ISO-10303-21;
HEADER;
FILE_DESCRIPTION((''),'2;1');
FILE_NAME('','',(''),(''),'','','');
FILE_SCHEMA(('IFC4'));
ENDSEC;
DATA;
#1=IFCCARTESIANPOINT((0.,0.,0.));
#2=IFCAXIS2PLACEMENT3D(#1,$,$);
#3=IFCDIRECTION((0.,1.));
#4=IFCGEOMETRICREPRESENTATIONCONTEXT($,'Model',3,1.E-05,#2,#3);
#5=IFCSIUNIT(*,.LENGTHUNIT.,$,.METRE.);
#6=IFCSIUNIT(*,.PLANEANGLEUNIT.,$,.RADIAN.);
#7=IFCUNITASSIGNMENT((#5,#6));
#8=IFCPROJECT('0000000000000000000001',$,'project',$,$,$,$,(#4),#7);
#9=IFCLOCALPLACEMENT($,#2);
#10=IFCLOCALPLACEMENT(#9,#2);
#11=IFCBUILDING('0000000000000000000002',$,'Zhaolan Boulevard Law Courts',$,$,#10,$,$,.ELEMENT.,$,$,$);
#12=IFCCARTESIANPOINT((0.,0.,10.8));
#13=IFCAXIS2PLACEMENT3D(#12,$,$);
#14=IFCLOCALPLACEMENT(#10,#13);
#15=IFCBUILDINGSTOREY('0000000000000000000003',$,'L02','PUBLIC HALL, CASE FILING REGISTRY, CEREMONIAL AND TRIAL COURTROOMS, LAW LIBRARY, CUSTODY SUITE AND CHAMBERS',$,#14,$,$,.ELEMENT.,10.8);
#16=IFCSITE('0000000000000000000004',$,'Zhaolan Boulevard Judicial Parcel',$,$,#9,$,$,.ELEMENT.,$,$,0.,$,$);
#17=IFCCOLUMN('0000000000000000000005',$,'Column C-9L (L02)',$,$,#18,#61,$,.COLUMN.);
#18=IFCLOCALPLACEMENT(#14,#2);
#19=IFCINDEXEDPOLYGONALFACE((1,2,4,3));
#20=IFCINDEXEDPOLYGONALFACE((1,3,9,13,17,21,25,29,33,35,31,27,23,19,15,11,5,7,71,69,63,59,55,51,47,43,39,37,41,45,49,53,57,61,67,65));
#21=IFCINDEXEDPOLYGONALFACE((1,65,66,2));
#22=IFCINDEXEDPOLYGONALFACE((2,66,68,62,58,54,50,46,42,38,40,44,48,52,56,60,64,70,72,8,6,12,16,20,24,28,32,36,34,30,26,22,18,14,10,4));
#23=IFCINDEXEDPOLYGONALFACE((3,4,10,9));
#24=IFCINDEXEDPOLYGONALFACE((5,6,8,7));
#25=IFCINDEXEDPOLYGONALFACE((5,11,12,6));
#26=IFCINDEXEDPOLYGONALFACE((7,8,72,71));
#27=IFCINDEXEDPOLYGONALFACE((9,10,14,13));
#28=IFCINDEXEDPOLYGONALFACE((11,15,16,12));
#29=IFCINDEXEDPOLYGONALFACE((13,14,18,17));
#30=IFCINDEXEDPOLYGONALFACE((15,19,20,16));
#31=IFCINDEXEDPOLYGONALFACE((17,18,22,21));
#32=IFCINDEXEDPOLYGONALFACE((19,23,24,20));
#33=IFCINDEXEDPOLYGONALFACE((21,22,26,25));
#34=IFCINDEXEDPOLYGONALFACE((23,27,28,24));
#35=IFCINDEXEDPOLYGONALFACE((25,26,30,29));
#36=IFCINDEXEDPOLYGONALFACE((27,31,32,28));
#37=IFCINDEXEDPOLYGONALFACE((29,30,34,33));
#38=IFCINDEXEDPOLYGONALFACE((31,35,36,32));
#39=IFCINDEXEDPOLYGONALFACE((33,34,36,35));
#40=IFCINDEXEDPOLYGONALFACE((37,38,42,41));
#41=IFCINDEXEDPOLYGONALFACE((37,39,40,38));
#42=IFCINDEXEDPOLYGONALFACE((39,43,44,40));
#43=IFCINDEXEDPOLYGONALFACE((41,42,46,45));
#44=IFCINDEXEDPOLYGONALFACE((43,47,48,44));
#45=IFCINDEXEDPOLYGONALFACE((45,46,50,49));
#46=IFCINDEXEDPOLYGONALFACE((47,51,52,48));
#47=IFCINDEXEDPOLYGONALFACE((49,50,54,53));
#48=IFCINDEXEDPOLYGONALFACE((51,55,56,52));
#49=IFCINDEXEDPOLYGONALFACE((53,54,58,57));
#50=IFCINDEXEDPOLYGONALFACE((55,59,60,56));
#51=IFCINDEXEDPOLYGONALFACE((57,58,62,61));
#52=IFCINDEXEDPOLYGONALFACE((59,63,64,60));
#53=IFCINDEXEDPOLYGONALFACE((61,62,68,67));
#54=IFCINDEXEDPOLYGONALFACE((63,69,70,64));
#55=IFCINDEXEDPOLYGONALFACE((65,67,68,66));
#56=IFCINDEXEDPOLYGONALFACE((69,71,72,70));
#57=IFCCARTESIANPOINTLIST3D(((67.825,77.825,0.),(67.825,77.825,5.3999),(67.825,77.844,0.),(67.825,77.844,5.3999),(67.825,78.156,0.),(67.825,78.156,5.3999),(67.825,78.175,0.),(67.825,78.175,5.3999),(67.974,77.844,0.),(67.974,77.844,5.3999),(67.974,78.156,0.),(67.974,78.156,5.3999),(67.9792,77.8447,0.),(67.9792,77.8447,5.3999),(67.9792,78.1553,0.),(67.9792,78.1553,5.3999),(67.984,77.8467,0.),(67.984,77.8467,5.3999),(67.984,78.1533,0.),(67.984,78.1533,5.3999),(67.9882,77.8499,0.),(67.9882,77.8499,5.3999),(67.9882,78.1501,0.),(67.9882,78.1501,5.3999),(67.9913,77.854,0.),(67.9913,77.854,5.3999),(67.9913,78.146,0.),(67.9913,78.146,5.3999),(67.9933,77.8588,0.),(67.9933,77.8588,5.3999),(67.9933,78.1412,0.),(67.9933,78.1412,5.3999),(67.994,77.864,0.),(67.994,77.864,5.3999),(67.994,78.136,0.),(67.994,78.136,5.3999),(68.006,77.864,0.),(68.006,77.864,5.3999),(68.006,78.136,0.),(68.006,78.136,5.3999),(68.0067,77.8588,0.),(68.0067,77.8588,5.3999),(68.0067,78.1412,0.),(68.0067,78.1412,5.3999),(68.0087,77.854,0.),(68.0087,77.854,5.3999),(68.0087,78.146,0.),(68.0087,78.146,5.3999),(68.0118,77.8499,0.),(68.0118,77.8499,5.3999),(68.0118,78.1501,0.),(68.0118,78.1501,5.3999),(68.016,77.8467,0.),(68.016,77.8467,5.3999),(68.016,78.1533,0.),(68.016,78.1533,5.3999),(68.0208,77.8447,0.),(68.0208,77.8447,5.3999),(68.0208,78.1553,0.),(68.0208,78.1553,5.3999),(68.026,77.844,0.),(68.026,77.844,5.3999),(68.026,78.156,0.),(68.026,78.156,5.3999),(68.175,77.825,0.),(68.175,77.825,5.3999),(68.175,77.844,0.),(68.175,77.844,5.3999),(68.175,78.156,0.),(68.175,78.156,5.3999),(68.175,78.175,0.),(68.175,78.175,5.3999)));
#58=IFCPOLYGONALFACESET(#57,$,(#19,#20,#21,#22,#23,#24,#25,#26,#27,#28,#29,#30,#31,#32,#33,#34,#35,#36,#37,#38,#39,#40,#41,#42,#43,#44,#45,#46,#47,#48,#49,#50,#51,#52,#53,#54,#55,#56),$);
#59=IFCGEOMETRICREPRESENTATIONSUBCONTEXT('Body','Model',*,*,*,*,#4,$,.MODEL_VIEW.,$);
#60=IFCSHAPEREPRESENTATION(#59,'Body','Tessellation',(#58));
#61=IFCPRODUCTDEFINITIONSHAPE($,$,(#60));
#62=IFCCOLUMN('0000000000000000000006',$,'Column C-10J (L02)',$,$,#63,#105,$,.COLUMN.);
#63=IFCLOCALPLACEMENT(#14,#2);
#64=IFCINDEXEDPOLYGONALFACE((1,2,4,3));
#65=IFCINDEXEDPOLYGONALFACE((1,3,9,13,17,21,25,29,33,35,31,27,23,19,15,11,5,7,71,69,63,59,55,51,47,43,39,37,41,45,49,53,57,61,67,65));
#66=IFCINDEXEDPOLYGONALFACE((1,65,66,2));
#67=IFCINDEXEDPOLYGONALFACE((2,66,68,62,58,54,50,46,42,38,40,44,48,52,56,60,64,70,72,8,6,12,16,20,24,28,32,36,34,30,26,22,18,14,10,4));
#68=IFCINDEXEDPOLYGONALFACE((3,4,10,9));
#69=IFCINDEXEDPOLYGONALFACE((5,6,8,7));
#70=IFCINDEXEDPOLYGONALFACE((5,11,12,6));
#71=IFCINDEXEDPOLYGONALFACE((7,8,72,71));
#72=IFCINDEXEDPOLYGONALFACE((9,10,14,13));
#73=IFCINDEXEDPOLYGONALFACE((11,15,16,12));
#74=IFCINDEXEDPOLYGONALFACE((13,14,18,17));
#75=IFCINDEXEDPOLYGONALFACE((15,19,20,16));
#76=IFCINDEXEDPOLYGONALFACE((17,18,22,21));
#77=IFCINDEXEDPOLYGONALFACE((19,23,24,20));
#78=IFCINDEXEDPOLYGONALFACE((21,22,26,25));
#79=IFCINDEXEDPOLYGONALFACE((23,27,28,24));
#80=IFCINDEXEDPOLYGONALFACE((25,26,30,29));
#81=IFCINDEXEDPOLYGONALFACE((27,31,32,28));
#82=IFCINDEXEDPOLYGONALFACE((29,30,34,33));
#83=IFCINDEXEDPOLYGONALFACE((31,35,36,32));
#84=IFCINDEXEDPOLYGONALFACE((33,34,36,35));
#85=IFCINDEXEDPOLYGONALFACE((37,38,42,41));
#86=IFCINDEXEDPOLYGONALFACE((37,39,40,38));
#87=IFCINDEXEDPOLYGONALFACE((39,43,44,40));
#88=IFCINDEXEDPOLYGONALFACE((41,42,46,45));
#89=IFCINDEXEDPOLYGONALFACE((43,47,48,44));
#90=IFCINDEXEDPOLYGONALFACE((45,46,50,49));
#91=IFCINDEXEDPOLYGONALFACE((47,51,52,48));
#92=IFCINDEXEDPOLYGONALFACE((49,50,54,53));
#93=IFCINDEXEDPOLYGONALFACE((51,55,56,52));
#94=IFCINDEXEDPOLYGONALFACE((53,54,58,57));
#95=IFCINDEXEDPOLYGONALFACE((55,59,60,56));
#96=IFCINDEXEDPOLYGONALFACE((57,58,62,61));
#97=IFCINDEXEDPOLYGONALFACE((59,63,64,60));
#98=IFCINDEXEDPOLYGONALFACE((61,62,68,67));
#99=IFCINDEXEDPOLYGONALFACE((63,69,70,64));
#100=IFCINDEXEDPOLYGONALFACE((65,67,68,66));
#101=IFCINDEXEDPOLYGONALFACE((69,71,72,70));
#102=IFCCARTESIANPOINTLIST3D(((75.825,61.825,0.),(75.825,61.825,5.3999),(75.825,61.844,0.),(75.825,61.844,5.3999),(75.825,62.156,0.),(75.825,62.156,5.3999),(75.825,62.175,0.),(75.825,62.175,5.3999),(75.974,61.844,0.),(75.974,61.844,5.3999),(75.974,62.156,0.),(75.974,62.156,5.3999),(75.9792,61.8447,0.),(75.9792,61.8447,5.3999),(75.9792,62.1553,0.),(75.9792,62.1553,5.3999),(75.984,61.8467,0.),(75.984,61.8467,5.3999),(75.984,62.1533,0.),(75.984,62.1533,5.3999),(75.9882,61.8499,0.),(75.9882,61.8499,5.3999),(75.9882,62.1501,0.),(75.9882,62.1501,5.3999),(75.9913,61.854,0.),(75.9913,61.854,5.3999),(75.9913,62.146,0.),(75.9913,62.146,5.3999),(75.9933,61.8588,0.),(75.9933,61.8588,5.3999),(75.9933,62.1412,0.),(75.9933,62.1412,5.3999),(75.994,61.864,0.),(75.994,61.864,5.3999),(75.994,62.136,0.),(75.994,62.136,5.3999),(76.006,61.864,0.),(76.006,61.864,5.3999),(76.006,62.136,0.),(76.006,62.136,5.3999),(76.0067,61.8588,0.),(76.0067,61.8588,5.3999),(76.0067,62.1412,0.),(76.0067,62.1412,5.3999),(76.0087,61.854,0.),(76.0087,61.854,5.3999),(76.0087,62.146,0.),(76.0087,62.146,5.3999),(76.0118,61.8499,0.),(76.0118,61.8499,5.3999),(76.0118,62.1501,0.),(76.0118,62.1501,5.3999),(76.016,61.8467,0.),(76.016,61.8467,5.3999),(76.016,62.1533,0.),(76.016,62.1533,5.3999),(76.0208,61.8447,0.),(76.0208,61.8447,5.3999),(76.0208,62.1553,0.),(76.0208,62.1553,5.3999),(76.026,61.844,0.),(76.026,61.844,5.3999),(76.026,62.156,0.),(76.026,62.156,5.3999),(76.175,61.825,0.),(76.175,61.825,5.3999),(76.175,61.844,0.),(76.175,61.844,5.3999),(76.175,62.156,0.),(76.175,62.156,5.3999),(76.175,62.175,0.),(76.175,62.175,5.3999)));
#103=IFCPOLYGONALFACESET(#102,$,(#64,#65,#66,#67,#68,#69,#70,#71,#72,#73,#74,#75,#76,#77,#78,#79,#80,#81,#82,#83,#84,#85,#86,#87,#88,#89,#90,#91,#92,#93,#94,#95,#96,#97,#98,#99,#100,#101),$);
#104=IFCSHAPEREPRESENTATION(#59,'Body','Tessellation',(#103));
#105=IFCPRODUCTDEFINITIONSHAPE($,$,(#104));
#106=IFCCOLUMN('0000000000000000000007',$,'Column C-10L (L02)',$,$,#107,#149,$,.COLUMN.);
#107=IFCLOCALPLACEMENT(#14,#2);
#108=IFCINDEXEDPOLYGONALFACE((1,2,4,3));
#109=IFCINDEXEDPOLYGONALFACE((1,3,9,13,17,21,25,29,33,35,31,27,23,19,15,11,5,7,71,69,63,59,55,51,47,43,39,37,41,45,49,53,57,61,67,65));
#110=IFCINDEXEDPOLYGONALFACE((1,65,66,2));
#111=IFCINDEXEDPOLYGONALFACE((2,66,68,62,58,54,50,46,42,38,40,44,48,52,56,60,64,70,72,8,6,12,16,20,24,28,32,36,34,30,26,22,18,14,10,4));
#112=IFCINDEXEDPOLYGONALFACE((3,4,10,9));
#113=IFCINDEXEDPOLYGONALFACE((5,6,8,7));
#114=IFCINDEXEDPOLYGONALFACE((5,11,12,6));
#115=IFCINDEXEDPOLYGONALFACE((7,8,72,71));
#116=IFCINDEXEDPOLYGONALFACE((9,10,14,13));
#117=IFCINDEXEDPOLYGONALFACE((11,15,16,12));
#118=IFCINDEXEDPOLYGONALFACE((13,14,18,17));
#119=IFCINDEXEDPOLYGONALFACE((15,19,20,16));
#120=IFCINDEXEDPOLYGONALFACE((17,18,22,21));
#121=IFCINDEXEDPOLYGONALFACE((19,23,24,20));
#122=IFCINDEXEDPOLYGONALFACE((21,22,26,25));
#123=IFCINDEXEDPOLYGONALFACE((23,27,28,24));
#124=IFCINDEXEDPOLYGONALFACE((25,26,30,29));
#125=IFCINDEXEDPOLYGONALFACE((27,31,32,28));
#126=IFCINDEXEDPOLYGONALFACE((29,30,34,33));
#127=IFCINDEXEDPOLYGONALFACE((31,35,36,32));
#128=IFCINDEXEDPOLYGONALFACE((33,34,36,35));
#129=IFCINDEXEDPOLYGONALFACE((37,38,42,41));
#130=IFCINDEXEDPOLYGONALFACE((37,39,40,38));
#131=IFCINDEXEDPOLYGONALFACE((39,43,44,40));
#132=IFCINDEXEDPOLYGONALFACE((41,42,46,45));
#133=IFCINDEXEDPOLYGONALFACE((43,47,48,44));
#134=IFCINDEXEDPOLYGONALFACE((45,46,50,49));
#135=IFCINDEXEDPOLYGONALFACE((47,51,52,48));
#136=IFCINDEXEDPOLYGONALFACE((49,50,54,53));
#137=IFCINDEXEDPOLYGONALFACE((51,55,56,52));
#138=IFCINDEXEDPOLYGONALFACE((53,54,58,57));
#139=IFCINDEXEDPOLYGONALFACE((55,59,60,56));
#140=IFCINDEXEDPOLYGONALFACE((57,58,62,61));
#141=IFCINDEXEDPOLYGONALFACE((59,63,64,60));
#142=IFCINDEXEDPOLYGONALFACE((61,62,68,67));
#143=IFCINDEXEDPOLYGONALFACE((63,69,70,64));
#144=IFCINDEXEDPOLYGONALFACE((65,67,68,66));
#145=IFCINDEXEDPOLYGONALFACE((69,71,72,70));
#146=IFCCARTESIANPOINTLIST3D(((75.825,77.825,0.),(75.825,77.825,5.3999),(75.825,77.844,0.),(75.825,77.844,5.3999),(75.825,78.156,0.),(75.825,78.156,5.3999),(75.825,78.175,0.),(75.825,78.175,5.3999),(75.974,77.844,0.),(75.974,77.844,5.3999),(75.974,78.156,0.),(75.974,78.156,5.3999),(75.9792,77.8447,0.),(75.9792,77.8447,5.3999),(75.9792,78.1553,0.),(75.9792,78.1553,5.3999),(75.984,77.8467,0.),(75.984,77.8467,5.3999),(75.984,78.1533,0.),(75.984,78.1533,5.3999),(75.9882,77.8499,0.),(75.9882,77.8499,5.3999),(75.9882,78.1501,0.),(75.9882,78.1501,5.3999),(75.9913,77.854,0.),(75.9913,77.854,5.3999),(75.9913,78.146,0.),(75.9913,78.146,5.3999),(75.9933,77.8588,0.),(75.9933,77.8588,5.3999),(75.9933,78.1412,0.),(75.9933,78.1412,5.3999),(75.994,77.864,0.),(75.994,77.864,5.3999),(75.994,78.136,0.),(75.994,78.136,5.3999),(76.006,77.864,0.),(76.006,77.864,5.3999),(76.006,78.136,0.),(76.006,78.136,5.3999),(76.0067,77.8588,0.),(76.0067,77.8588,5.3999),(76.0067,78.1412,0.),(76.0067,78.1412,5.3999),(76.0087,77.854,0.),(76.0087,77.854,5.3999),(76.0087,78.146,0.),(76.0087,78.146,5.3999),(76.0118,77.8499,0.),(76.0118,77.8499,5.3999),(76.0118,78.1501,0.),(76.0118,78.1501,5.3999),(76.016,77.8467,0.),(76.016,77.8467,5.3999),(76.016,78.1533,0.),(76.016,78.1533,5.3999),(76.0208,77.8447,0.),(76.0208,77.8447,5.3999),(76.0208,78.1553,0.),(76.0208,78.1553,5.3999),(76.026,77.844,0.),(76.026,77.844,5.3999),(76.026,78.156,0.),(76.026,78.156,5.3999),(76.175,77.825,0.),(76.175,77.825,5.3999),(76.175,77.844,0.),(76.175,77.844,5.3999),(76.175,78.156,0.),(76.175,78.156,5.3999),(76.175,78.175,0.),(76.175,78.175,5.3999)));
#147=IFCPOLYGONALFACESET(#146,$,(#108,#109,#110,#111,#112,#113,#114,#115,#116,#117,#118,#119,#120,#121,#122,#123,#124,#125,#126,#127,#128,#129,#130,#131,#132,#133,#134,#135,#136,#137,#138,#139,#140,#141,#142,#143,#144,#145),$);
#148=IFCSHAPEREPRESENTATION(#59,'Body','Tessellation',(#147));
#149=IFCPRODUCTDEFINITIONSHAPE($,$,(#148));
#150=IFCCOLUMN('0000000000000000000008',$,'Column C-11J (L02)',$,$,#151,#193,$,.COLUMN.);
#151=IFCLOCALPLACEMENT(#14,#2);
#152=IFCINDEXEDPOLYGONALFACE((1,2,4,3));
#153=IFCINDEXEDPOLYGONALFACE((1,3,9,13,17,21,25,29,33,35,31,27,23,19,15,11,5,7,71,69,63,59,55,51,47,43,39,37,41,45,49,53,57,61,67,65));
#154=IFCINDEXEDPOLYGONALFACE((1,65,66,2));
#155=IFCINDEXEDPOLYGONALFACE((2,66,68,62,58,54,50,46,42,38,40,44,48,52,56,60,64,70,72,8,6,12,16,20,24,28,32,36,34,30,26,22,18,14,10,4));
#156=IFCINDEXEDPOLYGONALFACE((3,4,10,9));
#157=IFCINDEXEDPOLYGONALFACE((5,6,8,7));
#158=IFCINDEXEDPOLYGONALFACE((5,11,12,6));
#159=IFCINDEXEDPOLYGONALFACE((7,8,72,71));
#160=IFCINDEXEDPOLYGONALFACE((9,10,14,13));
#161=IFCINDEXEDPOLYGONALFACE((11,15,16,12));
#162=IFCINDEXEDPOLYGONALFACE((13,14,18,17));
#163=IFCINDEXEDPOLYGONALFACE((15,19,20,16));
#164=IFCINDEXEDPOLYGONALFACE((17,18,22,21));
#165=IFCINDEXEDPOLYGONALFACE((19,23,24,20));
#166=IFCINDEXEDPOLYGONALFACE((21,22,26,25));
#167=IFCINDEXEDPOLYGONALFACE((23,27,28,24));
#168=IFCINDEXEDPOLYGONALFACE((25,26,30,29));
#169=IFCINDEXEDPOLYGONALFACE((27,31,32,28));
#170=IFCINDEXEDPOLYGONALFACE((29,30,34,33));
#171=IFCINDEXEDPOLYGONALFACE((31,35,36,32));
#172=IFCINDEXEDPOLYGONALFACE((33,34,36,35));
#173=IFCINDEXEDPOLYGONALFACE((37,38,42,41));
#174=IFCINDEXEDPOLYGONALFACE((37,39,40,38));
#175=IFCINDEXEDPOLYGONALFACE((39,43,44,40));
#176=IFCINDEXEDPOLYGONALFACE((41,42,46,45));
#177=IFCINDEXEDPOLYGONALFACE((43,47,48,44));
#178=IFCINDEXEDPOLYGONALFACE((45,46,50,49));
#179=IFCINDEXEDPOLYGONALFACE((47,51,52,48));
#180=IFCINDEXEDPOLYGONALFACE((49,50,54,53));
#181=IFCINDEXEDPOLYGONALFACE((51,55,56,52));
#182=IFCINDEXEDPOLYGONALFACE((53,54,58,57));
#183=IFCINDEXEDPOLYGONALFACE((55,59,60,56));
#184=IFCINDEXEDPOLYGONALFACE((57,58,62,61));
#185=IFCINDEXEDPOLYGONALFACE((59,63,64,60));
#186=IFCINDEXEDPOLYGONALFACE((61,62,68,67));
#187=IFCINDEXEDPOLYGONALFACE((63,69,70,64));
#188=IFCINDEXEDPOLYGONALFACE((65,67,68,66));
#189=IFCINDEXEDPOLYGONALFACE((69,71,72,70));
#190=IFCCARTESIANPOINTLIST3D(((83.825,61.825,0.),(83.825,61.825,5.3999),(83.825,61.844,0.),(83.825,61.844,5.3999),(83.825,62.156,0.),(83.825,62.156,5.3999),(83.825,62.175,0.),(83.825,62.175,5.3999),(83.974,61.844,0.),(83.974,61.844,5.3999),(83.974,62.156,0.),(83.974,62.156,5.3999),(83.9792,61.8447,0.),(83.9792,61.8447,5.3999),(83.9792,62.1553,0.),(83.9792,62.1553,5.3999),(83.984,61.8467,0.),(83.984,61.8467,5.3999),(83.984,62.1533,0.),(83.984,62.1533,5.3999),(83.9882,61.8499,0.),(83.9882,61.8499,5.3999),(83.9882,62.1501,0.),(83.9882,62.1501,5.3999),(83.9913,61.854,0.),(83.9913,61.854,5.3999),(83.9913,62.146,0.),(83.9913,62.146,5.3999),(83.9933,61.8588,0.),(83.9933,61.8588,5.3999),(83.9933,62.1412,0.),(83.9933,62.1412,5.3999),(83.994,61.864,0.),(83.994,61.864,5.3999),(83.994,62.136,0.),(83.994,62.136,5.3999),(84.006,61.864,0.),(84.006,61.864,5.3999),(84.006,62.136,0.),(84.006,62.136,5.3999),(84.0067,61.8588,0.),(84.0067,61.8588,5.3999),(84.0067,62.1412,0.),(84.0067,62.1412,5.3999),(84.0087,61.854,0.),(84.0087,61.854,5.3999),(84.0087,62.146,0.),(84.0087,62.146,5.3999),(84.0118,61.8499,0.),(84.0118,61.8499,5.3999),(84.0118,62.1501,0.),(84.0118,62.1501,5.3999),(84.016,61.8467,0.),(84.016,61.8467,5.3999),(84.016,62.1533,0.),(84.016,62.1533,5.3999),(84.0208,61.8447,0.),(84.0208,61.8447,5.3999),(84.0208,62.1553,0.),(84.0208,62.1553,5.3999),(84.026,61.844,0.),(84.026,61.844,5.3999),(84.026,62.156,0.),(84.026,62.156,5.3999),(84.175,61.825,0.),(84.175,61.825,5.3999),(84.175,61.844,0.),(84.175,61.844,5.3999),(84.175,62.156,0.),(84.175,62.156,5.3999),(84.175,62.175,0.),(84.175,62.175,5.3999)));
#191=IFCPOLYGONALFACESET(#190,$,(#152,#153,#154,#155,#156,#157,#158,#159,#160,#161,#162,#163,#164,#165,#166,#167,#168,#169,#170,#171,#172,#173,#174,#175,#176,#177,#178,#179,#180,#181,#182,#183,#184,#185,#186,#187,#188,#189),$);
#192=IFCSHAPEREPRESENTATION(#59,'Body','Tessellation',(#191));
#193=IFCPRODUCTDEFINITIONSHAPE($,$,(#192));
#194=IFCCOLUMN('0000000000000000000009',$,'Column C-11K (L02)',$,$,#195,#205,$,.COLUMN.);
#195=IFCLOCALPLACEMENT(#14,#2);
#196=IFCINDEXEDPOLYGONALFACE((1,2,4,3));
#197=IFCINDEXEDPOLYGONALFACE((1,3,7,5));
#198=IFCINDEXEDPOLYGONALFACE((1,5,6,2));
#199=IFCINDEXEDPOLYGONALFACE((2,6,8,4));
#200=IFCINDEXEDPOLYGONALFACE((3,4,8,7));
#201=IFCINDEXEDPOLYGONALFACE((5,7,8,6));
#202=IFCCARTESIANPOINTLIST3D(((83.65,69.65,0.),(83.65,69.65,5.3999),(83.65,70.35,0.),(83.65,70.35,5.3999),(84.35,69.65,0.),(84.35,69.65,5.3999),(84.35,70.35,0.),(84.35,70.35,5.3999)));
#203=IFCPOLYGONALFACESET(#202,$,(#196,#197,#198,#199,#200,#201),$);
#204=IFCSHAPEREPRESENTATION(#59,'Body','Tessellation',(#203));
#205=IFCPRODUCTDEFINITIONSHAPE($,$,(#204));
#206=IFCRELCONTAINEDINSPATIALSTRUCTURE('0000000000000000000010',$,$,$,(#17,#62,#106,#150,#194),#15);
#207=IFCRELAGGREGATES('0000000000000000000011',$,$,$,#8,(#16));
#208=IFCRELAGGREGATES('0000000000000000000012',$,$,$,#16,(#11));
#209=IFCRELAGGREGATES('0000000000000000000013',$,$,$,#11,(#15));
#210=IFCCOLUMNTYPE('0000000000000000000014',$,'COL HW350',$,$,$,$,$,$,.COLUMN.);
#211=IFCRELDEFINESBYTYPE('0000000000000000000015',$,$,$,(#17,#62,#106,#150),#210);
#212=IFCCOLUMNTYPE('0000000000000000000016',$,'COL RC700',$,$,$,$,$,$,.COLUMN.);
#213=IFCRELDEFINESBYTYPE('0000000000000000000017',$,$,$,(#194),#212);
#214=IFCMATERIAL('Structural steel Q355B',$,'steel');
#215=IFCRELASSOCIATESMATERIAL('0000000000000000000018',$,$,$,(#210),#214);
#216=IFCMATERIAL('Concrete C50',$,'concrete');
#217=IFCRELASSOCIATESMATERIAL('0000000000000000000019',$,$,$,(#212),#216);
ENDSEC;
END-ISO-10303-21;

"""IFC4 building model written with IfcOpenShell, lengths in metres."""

from ifc_helpers import new_model, si_unit, direction, frame, origin, origin_2d, place, context, subcontext, project, spatial, rectangle, i_section, extrude, material, material_profile, profile_set, type_object, element, save


model = new_model("IFC4")

# Units and contexts
model_context = context("Model", 3, precision=1e-05, world=origin(), true_north=direction((0.0, 1.0)))
body_context = subcontext(model_context, "Body", "Model", "MODEL_VIEW")
ifc_project = project(units=[si_unit("LENGTHUNIT", "METRE"), si_unit("PLANEANGLEUNIT", "RADIAN")], contexts=[model_context])

# Site, building, storey
site_placement = place(None, origin())
site = spatial("IfcSite", under=ifc_project, at=site_placement, Name="Zhaolan Boulevard Judicial Parcel", CompositionType="ELEMENT", RefElevation=0.0)
building_placement = place(site_placement, origin())
building = spatial("IfcBuilding", under=site, at=building_placement, Name="Zhaolan Boulevard Law Courts", CompositionType="ELEMENT")
storey_placement = place(building_placement, frame((0.0, 0.0, 10.8)))
storey = spatial("IfcBuildingStorey", under=building, at=storey_placement, Name="L02", Description="PUBLIC HALL, CASE FILING REGISTRY, CEREMONIAL AND TRIAL COURTROOMS, LAW LIBRARY, CUSTODY SUITE AND CHAMBERS", CompositionType="ELEMENT", Elevation=10.8)

# Columns
ifc_material_1 = material(Name="Structural steel Q355B", Category="steel")
ifc_material_profile_1 = material_profile(ifc_material_1, i_section(OverallWidth=0.3501, OverallDepth=0.3501, WebThickness=0.012, FlangeThickness=0.019, FilletRadius=0.02, at=origin_2d()), Name="HW350x350")
ifc_profile_set_1 = profile_set([ifc_material_profile_1], Name="Structural steel Q355B")
column_type_1 = type_object("IfcColumnType", Name="COL HW350", PredefinedType="COLUMN", material=ifc_profile_set_1)
for number, where, z_axis, x_axis, name in (
    (1, (68.0, 78.0, 0.0), (0.0, 0.0, 1.0), (1.0, 0.0, 0.0), "Column C-9L (L02)"),
    (2, (76.0, 62.0, 0.0), (0.0, 0.0, 1.0), (1.0, 0.0, 0.0), "Column C-10J (L02)"),
    (3, (76.0, 78.0, 0.0), (0.0, 0.0, 1.0), (1.0, 0.0, 0.0), "Column C-10L (L02)"),
    (4, (84.0, 62.0, 0.0), (0.0, 0.0, 1.0), (1.0, 0.0, 0.0), "Column C-11J (L02)"),
):
    element("IfcColumn", number, at=place(storey_placement, frame(where, z_axis=z_axis, x_axis=x_axis)), inside=storey, type_object=column_type_1, Name=name, PredefinedType="COLUMN", context=body_context, shape_type="SweptSolid", body=[
        extrude(i_section(OverallWidth=0.3501, OverallDepth=0.3501, WebThickness=0.012, FlangeThickness=0.019, FilletRadius=0.02, at=origin_2d()), origin(), (0.0, 0.0, 1.0), 5.3999),
    ])
ifc_material_2 = material(Name="Concrete C50", Category="concrete")
ifc_material_profile_2 = material_profile(ifc_material_2, rectangle(XDim=0.7, YDim=0.7, at=origin_2d()), Name="RC700x700")
ifc_profile_set_2 = profile_set([ifc_material_profile_2], Name="Concrete C50")
column_type_2 = type_object("IfcColumnType", Name="COL RC700", PredefinedType="COLUMN", material=ifc_profile_set_2)
for number, where, z_axis, x_axis, name in (
    (5, (84.0, 70.0, 0.0), (0.0, 0.0, 1.0), (1.0, 0.0, 0.0), "Column C-11K (L02)"),
):
    element("IfcColumn", number, at=place(storey_placement, frame(where, z_axis=z_axis, x_axis=x_axis)), inside=storey, type_object=column_type_2, Name=name, PredefinedType="COLUMN", context=body_context, shape_type="SweptSolid", body=[
        extrude(rectangle(XDim=0.7, YDim=0.7, at=origin_2d()), origin(), (0.0, 0.0, 1.0), 5.3999),
    ])

save(model, "model.ifc")
